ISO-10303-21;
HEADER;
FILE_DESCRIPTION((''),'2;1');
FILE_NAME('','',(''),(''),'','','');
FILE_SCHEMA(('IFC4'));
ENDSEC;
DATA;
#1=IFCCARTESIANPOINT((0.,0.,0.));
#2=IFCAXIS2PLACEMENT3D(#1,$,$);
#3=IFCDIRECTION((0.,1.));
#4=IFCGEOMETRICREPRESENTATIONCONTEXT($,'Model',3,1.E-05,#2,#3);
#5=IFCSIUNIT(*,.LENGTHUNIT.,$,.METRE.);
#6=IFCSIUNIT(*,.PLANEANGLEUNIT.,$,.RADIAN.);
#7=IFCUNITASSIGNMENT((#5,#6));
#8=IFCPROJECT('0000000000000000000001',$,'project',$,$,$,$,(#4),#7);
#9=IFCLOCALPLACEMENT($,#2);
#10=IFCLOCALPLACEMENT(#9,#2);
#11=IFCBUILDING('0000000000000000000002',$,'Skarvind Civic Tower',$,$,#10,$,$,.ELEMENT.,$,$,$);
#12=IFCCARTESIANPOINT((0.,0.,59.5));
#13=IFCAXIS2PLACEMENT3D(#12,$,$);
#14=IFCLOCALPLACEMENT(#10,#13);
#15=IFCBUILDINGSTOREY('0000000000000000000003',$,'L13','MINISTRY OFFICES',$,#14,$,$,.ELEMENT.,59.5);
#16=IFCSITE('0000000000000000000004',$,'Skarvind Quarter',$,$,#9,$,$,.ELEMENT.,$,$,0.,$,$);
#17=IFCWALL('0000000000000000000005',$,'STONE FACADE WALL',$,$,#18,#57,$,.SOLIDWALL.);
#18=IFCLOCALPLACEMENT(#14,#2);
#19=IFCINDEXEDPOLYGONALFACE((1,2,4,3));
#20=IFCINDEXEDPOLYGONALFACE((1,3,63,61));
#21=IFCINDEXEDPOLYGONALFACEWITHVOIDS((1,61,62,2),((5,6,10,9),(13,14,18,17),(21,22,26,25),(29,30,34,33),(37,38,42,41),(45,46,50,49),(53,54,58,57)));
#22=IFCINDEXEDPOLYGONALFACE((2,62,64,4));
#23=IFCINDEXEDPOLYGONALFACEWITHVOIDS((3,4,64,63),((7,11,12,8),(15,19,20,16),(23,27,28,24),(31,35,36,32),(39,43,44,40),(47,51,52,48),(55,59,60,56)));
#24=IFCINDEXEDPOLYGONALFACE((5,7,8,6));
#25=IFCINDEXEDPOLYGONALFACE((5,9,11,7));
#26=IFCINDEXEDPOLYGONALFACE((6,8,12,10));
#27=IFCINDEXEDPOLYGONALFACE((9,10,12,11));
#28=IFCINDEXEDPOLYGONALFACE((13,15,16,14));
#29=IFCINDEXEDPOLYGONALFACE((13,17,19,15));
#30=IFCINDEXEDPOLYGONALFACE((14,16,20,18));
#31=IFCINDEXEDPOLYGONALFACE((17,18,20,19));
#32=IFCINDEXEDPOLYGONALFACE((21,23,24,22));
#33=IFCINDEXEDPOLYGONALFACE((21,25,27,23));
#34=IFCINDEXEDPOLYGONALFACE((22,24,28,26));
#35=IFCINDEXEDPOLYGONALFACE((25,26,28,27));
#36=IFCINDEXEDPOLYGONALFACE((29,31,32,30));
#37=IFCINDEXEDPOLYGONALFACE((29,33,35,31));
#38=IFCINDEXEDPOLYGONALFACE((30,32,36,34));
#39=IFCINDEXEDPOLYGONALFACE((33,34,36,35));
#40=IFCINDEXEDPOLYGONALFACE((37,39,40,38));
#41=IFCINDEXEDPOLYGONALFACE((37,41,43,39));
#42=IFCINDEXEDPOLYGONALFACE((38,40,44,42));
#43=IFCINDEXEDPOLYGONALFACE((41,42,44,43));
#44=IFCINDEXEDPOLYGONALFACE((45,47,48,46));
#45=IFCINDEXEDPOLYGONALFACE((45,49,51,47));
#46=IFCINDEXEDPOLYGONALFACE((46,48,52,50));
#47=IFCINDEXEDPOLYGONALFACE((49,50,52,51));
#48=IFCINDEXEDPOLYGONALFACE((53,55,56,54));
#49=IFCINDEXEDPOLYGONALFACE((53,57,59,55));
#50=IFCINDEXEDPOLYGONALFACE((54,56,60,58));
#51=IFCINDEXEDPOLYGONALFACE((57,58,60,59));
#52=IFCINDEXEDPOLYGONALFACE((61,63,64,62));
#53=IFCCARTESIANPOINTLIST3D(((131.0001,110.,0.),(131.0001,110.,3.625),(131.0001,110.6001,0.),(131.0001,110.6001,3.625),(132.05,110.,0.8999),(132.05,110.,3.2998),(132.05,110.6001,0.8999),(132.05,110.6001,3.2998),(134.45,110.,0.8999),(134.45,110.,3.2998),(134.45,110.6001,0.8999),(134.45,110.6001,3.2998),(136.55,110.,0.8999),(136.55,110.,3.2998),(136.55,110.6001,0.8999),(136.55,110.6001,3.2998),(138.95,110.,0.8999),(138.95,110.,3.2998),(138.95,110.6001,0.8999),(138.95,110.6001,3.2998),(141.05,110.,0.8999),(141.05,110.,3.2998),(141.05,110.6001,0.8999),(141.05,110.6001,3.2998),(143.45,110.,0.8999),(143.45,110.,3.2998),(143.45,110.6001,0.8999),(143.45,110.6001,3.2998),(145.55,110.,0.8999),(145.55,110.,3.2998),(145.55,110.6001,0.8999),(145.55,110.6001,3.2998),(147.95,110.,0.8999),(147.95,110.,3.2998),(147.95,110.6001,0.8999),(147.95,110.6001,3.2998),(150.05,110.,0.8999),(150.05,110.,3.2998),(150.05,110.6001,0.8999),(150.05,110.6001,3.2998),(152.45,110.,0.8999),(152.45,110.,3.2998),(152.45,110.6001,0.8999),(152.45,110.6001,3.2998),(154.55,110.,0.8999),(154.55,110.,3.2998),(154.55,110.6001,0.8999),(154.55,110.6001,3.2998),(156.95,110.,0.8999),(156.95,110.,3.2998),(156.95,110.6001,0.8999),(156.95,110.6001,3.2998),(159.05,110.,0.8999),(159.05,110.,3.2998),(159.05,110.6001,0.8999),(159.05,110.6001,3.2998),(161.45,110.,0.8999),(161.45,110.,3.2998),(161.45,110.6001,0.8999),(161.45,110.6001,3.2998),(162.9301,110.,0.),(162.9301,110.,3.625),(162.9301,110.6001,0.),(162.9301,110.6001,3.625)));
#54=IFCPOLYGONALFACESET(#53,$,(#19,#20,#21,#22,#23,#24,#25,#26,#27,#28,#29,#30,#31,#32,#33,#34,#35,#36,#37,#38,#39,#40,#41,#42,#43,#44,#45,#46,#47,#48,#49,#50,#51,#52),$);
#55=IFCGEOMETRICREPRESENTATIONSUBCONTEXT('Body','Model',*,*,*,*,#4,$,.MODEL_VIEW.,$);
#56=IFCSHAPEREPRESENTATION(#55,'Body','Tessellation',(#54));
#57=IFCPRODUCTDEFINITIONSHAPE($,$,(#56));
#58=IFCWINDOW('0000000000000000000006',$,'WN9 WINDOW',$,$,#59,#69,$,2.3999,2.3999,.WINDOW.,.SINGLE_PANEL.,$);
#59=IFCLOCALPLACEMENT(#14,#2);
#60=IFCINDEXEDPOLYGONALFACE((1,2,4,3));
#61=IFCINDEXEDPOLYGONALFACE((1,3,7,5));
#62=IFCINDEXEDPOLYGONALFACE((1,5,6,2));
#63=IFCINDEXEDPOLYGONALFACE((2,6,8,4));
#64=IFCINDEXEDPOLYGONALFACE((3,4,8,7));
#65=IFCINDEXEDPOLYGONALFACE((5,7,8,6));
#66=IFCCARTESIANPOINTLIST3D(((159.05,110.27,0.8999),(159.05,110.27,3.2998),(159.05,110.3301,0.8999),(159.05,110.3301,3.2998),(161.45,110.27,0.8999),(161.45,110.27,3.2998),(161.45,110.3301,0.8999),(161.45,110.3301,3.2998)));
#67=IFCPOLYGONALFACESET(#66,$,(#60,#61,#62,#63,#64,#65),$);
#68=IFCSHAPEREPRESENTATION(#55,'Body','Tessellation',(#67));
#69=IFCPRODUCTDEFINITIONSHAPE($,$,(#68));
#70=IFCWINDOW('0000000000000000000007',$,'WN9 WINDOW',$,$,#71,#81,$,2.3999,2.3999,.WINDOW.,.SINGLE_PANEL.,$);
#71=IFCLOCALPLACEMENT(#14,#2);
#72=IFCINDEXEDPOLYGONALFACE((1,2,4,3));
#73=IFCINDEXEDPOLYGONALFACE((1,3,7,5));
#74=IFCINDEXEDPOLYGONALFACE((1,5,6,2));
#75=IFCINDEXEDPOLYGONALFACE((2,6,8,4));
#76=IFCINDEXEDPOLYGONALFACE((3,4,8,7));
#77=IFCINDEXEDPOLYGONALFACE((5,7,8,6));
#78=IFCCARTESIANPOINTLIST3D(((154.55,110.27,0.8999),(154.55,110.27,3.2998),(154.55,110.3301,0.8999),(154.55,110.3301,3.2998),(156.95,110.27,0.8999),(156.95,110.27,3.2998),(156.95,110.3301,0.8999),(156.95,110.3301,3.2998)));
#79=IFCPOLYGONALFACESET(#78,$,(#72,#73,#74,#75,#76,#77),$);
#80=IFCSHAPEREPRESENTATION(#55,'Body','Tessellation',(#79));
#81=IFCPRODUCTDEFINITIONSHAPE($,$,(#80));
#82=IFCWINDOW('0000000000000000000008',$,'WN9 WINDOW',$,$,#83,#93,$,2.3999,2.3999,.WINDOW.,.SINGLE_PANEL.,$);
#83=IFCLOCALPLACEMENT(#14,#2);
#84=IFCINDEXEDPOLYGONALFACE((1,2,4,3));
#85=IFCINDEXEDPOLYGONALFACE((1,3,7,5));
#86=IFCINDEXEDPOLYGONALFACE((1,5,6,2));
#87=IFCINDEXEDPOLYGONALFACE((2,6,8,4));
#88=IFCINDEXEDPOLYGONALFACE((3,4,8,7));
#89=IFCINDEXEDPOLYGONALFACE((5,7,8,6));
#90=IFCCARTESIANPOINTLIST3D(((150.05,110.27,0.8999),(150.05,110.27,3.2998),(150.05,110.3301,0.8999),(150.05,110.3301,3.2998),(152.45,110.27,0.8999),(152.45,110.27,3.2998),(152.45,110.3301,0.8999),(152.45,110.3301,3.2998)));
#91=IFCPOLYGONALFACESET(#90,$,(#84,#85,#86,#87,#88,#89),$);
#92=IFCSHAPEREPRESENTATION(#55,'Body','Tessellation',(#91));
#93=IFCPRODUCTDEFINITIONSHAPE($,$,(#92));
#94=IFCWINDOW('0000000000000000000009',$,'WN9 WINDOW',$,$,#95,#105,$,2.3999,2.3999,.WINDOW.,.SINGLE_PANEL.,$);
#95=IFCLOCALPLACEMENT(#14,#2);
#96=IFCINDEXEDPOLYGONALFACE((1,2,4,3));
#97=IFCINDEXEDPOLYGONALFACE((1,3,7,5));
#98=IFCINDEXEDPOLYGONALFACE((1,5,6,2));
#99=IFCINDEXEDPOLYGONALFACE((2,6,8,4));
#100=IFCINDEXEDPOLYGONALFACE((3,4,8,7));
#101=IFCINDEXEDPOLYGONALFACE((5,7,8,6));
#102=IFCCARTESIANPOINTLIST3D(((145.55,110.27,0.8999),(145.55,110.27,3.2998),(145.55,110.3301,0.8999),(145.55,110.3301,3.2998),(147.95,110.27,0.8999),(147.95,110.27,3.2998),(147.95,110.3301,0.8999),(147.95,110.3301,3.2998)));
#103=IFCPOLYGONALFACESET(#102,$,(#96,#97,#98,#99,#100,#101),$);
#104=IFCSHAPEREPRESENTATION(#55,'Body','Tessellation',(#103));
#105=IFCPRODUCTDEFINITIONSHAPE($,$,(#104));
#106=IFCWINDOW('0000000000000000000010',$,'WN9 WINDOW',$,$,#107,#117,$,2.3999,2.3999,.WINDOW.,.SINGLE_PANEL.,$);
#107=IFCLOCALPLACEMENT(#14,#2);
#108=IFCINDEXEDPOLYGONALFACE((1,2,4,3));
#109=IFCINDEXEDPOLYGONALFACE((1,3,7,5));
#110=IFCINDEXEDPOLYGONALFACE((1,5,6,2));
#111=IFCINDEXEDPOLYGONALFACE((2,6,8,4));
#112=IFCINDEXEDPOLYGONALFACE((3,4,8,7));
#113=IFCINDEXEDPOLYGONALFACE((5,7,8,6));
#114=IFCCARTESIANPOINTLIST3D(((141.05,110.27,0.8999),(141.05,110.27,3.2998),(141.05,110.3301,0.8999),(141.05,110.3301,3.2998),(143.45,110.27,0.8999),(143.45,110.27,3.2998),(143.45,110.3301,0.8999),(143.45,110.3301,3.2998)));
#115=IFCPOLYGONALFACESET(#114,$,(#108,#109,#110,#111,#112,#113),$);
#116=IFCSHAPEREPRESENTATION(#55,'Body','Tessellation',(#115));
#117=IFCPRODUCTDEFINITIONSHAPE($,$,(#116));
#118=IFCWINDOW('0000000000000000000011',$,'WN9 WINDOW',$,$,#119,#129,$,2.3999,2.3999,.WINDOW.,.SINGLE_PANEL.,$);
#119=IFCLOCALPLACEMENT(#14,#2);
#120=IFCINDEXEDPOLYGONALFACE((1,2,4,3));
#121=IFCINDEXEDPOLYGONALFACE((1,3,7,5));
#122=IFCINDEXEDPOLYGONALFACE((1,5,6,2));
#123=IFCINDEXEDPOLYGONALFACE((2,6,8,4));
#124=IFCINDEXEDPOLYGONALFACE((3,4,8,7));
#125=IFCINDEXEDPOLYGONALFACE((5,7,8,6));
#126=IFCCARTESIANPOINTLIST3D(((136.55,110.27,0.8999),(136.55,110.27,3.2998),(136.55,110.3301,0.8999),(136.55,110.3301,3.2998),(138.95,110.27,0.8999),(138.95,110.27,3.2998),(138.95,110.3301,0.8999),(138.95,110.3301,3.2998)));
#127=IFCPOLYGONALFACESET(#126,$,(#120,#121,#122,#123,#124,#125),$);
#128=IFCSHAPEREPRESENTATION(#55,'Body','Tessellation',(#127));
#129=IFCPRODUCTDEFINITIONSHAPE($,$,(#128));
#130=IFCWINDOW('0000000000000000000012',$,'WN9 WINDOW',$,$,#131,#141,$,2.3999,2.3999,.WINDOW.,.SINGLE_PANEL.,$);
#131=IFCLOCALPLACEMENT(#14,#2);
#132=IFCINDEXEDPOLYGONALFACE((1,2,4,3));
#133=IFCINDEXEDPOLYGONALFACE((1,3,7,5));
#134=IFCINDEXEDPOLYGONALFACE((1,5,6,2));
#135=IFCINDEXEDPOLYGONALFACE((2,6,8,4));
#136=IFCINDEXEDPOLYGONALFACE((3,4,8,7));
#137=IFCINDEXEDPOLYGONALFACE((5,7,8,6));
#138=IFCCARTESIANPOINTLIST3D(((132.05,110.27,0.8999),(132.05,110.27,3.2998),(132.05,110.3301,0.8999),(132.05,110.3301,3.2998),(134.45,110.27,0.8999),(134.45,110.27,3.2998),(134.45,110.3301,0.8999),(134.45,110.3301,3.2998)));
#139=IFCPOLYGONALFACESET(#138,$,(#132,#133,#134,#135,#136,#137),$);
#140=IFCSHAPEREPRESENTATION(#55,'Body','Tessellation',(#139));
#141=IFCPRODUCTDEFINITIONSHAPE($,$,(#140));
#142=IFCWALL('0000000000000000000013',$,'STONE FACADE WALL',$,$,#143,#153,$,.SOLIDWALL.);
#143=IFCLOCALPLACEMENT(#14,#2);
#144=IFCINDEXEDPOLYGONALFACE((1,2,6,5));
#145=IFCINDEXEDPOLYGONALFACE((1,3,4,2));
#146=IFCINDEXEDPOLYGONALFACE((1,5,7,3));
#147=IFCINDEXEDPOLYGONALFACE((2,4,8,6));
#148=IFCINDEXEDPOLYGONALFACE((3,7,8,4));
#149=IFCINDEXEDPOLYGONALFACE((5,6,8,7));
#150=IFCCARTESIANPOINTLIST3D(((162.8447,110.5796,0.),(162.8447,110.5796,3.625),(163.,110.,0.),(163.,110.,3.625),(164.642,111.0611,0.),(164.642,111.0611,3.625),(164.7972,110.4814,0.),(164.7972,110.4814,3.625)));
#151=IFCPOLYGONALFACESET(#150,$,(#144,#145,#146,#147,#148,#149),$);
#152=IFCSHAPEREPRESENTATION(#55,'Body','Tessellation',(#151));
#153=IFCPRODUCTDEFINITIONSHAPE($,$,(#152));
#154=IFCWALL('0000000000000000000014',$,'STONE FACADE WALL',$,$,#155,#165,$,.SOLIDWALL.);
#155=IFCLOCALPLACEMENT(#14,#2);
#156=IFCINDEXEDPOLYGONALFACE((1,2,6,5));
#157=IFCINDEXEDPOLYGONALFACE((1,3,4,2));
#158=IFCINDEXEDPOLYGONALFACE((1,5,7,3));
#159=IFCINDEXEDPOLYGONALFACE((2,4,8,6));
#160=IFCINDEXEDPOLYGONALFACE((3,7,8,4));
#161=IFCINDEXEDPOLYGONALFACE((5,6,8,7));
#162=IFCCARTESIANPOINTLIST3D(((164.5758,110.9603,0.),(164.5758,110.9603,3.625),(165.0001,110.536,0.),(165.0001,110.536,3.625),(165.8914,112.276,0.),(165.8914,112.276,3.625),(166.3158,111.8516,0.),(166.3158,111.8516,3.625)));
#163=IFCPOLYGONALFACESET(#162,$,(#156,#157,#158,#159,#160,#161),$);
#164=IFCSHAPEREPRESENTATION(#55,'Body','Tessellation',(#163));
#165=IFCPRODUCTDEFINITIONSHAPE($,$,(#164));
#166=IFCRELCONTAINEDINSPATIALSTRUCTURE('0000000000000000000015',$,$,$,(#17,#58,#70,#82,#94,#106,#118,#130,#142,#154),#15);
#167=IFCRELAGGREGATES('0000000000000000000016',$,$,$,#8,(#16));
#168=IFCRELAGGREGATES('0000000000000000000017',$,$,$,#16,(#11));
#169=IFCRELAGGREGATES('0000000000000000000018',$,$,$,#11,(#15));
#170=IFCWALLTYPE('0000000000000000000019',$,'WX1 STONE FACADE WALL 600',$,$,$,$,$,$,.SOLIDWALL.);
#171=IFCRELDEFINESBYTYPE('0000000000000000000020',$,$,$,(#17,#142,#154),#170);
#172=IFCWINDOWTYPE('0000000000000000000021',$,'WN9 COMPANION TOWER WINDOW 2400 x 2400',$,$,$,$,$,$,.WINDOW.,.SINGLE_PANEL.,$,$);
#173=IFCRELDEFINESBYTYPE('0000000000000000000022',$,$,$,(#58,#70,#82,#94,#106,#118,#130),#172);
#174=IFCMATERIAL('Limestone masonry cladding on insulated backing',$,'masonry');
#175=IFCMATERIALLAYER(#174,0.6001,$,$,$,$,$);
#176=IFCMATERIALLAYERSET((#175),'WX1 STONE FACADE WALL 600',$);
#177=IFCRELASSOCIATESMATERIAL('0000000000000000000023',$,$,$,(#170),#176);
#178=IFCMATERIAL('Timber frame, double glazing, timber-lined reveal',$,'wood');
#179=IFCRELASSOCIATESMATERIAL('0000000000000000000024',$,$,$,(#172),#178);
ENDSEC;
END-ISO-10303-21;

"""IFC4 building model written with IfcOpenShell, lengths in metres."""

from ifc_helpers import new_model, si_unit, direction, frame, frame_2d, origin, place, context, subcontext, project, spatial, rectangle, extrude, material, layer, layer_set, type_object, element, fill, save


model = new_model("IFC4")

# Units and contexts
model_context = context("Model", 3, precision=1e-05, world=origin(), true_north=direction((0.0, 1.0)))
body_context = subcontext(model_context, "Body", "Model", "MODEL_VIEW")
ifc_project = project(units=[si_unit("LENGTHUNIT", "METRE"), si_unit("PLANEANGLEUNIT", "RADIAN")], contexts=[model_context])

# Site, building, storey
site_placement = place(None, origin())
site = spatial("IfcSite", under=ifc_project, at=site_placement, Name="Skarvind Quarter", CompositionType="ELEMENT", RefElevation=0.0)
building_placement = place(site_placement, origin())
building = spatial("IfcBuilding", under=site, at=building_placement, Name="Skarvind Civic Tower", CompositionType="ELEMENT")
storey_placement = place(building_placement, frame((0.0, 0.0, 59.5)))
storey = spatial("IfcBuildingStorey", under=building, at=storey_placement, Name="L13", Description="MINISTRY OFFICES", CompositionType="ELEMENT", Elevation=59.5)

# Wall, openings, windows
ifc_material_1 = material(Name="Limestone masonry cladding on insulated backing", Category="masonry")
ifc_layer_1 = layer(ifc_material_1, 0.6001)
ifc_layer_set_1 = layer_set([ifc_layer_1], Name="WX1 STONE FACADE WALL 600")
wall_type_1 = type_object("IfcWallType", Name="WX1 STONE FACADE WALL 600", PredefinedType="SOLIDWALL", material=ifc_layer_set_1)
wall_1_placement = place(storey_placement, frame((162.9299, 110.3, 0.0), z_axis=(0.0, 0.0, 1.0), x_axis=(-1.0, 0.0, 0.0)))
wall_1 = element("IfcWall", 1, at=wall_1_placement, inside=storey, type_object=wall_type_1, Name="STONE FACADE WALL", PredefinedType="SOLIDWALL", context=body_context, shape_type="SweptSolid", body=[
    extrude(rectangle(XDim=31.9299, YDim=0.6001, at=frame_2d((15.9648, 0.0))), origin(), (0.0, 0.0, 1.0), 3.625),
])
opening_1_placement = place(wall_1_placement, frame((1.48, 0.0, 0.8999)))
opening_1 = element("IfcOpeningElement", 2, at=opening_1_placement, cuts=wall_1, PredefinedType="OPENING", context=body_context, shape_type="SweptSolid", body=[
    extrude(rectangle(XDim=2.3999, YDim=2.3999, at=frame_2d((1.2, 1.2))), frame((0.0, 0.3101, 0.0), z_axis=(0.0, -1.0, 0.0), x_axis=(1.0, 0.0, 0.0)), (0.0, 0.0, 1.0), 0.6201),
])
opening_2_placement = place(wall_1_placement, frame((5.98, 0.0, 0.8999)))
opening_2 = element("IfcOpeningElement", 3, at=opening_2_placement, cuts=wall_1, PredefinedType="OPENING", context=body_context, shape_type="SweptSolid", body=[
    extrude(rectangle(XDim=2.3999, YDim=2.3999, at=frame_2d((1.2, 1.2))), frame((0.0, 0.3101, 0.0), z_axis=(0.0, -1.0, 0.0), x_axis=(1.0, 0.0, 0.0)), (0.0, 0.0, 1.0), 0.6201),
])
opening_3_placement = place(wall_1_placement, frame((10.48, 0.0, 0.8999)))
opening_3 = element("IfcOpeningElement", 4, at=opening_3_placement, cuts=wall_1, PredefinedType="OPENING", context=body_context, shape_type="SweptSolid", body=[
    extrude(rectangle(XDim=2.3999, YDim=2.3999, at=frame_2d((1.2, 1.2))), frame((0.0, 0.3101, 0.0), z_axis=(0.0, -1.0, 0.0), x_axis=(1.0, 0.0, 0.0)), (0.0, 0.0, 1.0), 0.6201),
])
opening_4_placement = place(wall_1_placement, frame((14.98, 0.0, 0.8999)))
opening_4 = element("IfcOpeningElement", 5, at=opening_4_placement, cuts=wall_1, PredefinedType="OPENING", context=body_context, shape_type="SweptSolid", body=[
    extrude(rectangle(XDim=2.3999, YDim=2.3999, at=frame_2d((1.2, 1.2))), frame((0.0, 0.3101, 0.0), z_axis=(0.0, -1.0, 0.0), x_axis=(1.0, 0.0, 0.0)), (0.0, 0.0, 1.0), 0.6201),
])
opening_5_placement = place(wall_1_placement, frame((19.48, 0.0, 0.8999)))
opening_5 = element("IfcOpeningElement", 6, at=opening_5_placement, cuts=wall_1, PredefinedType="OPENING", context=body_context, shape_type="SweptSolid", body=[
    extrude(rectangle(XDim=2.3999, YDim=2.3999, at=frame_2d((1.2, 1.2))), frame((0.0, 0.3101, 0.0), z_axis=(0.0, -1.0, 0.0), x_axis=(1.0, 0.0, 0.0)), (0.0, 0.0, 1.0), 0.6201),
])
opening_6_placement = place(wall_1_placement, frame((23.98, 0.0, 0.8999)))
opening_6 = element("IfcOpeningElement", 7, at=opening_6_placement, cuts=wall_1, PredefinedType="OPENING", context=body_context, shape_type="SweptSolid", body=[
    extrude(rectangle(XDim=2.3999, YDim=2.3999, at=frame_2d((1.2, 1.2))), frame((0.0, 0.3101, 0.0), z_axis=(0.0, -1.0, 0.0), x_axis=(1.0, 0.0, 0.0)), (0.0, 0.0, 1.0), 0.6201),
])
opening_7_placement = place(wall_1_placement, frame((28.48, 0.0, 0.8999)))
opening_7 = element("IfcOpeningElement", 8, at=opening_7_placement, cuts=wall_1, PredefinedType="OPENING", context=body_context, shape_type="SweptSolid", body=[
    extrude(rectangle(XDim=2.3999, YDim=2.3999, at=frame_2d((1.2, 1.2))), frame((0.0, 0.3101, 0.0), z_axis=(0.0, -1.0, 0.0), x_axis=(1.0, 0.0, 0.0)), (0.0, 0.0, 1.0), 0.6201),
])
ifc_material_2 = material(Name="Timber frame, double glazing, timber-lined reveal", Category="wood")
window_type = type_object("IfcWindowType", Name="WN9 COMPANION TOWER WINDOW 2400 x 2400", PartitioningType="SINGLE_PANEL", PredefinedType="WINDOW", material=ifc_material_2)
window_1_placement = place(opening_1_placement, origin())
window_1 = element("IfcWindow", 9, at=window_1_placement, inside=storey, type_object=window_type, Name="WN9 WINDOW", OverallHeight=2.3999, OverallWidth=2.3999, PartitioningType="SINGLE_PANEL", PredefinedType="WINDOW", context=body_context, shape_type="SweptSolid", body=[
    extrude(rectangle(XDim=2.3999, YDim=2.3999, at=frame_2d((1.2, 1.2))), frame((0.0, 0.03, 0.0), z_axis=(0.0, -1.0, 0.0), x_axis=(1.0, 0.0, 0.0)), (0.0, 0.0, 1.0), 0.0601),
])
fill(opening_1, window_1)
window_2_placement = place(opening_2_placement, origin())
window_2 = element("IfcWindow", 10, at=window_2_placement, inside=storey, type_object=window_type, Name="WN9 WINDOW", OverallHeight=2.3999, OverallWidth=2.3999, PartitioningType="SINGLE_PANEL", PredefinedType="WINDOW", context=body_context, shape_type="SweptSolid", body=[
    extrude(rectangle(XDim=2.3999, YDim=2.3999, at=frame_2d((1.2, 1.2))), frame((0.0, 0.03, 0.0), z_axis=(0.0, -1.0, 0.0), x_axis=(1.0, 0.0, 0.0)), (0.0, 0.0, 1.0), 0.0601),
])
fill(opening_2, window_2)
window_3_placement = place(opening_3_placement, origin())
window_3 = element("IfcWindow", 11, at=window_3_placement, inside=storey, type_object=window_type, Name="WN9 WINDOW", OverallHeight=2.3999, OverallWidth=2.3999, PartitioningType="SINGLE_PANEL", PredefinedType="WINDOW", context=body_context, shape_type="SweptSolid", body=[
    extrude(rectangle(XDim=2.3999, YDim=2.3999, at=frame_2d((1.2, 1.2))), frame((0.0, 0.03, 0.0), z_axis=(0.0, -1.0, 0.0), x_axis=(1.0, 0.0, 0.0)), (0.0, 0.0, 1.0), 0.0601),
])
fill(opening_3, window_3)
window_4_placement = place(opening_4_placement, origin())
window_4 = element("IfcWindow", 12, at=window_4_placement, inside=storey, type_object=window_type, Name="WN9 WINDOW", OverallHeight=2.3999, OverallWidth=2.3999, PartitioningType="SINGLE_PANEL", PredefinedType="WINDOW", context=body_context, shape_type="SweptSolid", body=[
    extrude(rectangle(XDim=2.3999, YDim=2.3999, at=frame_2d((1.2, 1.2))), frame((0.0, 0.03, 0.0), z_axis=(0.0, -1.0, 0.0), x_axis=(1.0, 0.0, 0.0)), (0.0, 0.0, 1.0), 0.0601),
])
fill(opening_4, window_4)
window_5_placement = place(opening_5_placement, origin())
window_5 = element("IfcWindow", 13, at=window_5_placement, inside=storey, type_object=window_type, Name="WN9 WINDOW", OverallHeight=2.3999, OverallWidth=2.3999, PartitioningType="SINGLE_PANEL", PredefinedType="WINDOW", context=body_context, shape_type="SweptSolid", body=[
    extrude(rectangle(XDim=2.3999, YDim=2.3999, at=frame_2d((1.2, 1.2))), frame((0.0, 0.03, 0.0), z_axis=(0.0, -1.0, 0.0), x_axis=(1.0, 0.0, 0.0)), (0.0, 0.0, 1.0), 0.0601),
])
fill(opening_5, window_5)
window_6_placement = place(opening_6_placement, origin())
window_6 = element("IfcWindow", 14, at=window_6_placement, inside=storey, type_object=window_type, Name="WN9 WINDOW", OverallHeight=2.3999, OverallWidth=2.3999, PartitioningType="SINGLE_PANEL", PredefinedType="WINDOW", context=body_context, shape_type="SweptSolid", body=[
    extrude(rectangle(XDim=2.3999, YDim=2.3999, at=frame_2d((1.2, 1.2))), frame((0.0, 0.03, 0.0), z_axis=(0.0, -1.0, 0.0), x_axis=(1.0, 0.0, 0.0)), (0.0, 0.0, 1.0), 0.0601),
])
fill(opening_6, window_6)
window_7_placement = place(opening_7_placement, origin())
window_7 = element("IfcWindow", 15, at=window_7_placement, inside=storey, type_object=window_type, Name="WN9 WINDOW", OverallHeight=2.3999, OverallWidth=2.3999, PartitioningType="SINGLE_PANEL", PredefinedType="WINDOW", context=body_context, shape_type="SweptSolid", body=[
    extrude(rectangle(XDim=2.3999, YDim=2.3999, at=frame_2d((1.2, 1.2))), frame((0.0, 0.03, 0.0), z_axis=(0.0, -1.0, 0.0), x_axis=(1.0, 0.0, 0.0)), (0.0, 0.0, 1.0), 0.0601),
])
fill(opening_7, window_7)

# Walls
for number, where, z_axis, x_axis, name in (
    (16, (164.7195, 110.7712, 0.0), (0.0, 0.0, 1.0), (-0.965938, -0.258773, 0.0), "STONE FACADE WALL"),
    (17, (166.1035, 112.0637, 0.0), (0.0, 0.0, 1.0), (-0.707107, -0.707107, 0.0), "STONE FACADE WALL"),
):
    element("IfcWall", number, at=place(storey_placement, frame(where, z_axis=z_axis, x_axis=x_axis)), inside=storey, type_object=wall_type_1, Name=name, PredefinedType="SOLIDWALL", context=body_context, shape_type="SweptSolid", body=[
        extrude(rectangle(XDim=1.8606, YDim=0.6001, at=frame_2d((0.9302, 0.0))), origin(), (0.0, 0.0, 1.0), 3.625),
    ])

save(model, "model.ifc")
